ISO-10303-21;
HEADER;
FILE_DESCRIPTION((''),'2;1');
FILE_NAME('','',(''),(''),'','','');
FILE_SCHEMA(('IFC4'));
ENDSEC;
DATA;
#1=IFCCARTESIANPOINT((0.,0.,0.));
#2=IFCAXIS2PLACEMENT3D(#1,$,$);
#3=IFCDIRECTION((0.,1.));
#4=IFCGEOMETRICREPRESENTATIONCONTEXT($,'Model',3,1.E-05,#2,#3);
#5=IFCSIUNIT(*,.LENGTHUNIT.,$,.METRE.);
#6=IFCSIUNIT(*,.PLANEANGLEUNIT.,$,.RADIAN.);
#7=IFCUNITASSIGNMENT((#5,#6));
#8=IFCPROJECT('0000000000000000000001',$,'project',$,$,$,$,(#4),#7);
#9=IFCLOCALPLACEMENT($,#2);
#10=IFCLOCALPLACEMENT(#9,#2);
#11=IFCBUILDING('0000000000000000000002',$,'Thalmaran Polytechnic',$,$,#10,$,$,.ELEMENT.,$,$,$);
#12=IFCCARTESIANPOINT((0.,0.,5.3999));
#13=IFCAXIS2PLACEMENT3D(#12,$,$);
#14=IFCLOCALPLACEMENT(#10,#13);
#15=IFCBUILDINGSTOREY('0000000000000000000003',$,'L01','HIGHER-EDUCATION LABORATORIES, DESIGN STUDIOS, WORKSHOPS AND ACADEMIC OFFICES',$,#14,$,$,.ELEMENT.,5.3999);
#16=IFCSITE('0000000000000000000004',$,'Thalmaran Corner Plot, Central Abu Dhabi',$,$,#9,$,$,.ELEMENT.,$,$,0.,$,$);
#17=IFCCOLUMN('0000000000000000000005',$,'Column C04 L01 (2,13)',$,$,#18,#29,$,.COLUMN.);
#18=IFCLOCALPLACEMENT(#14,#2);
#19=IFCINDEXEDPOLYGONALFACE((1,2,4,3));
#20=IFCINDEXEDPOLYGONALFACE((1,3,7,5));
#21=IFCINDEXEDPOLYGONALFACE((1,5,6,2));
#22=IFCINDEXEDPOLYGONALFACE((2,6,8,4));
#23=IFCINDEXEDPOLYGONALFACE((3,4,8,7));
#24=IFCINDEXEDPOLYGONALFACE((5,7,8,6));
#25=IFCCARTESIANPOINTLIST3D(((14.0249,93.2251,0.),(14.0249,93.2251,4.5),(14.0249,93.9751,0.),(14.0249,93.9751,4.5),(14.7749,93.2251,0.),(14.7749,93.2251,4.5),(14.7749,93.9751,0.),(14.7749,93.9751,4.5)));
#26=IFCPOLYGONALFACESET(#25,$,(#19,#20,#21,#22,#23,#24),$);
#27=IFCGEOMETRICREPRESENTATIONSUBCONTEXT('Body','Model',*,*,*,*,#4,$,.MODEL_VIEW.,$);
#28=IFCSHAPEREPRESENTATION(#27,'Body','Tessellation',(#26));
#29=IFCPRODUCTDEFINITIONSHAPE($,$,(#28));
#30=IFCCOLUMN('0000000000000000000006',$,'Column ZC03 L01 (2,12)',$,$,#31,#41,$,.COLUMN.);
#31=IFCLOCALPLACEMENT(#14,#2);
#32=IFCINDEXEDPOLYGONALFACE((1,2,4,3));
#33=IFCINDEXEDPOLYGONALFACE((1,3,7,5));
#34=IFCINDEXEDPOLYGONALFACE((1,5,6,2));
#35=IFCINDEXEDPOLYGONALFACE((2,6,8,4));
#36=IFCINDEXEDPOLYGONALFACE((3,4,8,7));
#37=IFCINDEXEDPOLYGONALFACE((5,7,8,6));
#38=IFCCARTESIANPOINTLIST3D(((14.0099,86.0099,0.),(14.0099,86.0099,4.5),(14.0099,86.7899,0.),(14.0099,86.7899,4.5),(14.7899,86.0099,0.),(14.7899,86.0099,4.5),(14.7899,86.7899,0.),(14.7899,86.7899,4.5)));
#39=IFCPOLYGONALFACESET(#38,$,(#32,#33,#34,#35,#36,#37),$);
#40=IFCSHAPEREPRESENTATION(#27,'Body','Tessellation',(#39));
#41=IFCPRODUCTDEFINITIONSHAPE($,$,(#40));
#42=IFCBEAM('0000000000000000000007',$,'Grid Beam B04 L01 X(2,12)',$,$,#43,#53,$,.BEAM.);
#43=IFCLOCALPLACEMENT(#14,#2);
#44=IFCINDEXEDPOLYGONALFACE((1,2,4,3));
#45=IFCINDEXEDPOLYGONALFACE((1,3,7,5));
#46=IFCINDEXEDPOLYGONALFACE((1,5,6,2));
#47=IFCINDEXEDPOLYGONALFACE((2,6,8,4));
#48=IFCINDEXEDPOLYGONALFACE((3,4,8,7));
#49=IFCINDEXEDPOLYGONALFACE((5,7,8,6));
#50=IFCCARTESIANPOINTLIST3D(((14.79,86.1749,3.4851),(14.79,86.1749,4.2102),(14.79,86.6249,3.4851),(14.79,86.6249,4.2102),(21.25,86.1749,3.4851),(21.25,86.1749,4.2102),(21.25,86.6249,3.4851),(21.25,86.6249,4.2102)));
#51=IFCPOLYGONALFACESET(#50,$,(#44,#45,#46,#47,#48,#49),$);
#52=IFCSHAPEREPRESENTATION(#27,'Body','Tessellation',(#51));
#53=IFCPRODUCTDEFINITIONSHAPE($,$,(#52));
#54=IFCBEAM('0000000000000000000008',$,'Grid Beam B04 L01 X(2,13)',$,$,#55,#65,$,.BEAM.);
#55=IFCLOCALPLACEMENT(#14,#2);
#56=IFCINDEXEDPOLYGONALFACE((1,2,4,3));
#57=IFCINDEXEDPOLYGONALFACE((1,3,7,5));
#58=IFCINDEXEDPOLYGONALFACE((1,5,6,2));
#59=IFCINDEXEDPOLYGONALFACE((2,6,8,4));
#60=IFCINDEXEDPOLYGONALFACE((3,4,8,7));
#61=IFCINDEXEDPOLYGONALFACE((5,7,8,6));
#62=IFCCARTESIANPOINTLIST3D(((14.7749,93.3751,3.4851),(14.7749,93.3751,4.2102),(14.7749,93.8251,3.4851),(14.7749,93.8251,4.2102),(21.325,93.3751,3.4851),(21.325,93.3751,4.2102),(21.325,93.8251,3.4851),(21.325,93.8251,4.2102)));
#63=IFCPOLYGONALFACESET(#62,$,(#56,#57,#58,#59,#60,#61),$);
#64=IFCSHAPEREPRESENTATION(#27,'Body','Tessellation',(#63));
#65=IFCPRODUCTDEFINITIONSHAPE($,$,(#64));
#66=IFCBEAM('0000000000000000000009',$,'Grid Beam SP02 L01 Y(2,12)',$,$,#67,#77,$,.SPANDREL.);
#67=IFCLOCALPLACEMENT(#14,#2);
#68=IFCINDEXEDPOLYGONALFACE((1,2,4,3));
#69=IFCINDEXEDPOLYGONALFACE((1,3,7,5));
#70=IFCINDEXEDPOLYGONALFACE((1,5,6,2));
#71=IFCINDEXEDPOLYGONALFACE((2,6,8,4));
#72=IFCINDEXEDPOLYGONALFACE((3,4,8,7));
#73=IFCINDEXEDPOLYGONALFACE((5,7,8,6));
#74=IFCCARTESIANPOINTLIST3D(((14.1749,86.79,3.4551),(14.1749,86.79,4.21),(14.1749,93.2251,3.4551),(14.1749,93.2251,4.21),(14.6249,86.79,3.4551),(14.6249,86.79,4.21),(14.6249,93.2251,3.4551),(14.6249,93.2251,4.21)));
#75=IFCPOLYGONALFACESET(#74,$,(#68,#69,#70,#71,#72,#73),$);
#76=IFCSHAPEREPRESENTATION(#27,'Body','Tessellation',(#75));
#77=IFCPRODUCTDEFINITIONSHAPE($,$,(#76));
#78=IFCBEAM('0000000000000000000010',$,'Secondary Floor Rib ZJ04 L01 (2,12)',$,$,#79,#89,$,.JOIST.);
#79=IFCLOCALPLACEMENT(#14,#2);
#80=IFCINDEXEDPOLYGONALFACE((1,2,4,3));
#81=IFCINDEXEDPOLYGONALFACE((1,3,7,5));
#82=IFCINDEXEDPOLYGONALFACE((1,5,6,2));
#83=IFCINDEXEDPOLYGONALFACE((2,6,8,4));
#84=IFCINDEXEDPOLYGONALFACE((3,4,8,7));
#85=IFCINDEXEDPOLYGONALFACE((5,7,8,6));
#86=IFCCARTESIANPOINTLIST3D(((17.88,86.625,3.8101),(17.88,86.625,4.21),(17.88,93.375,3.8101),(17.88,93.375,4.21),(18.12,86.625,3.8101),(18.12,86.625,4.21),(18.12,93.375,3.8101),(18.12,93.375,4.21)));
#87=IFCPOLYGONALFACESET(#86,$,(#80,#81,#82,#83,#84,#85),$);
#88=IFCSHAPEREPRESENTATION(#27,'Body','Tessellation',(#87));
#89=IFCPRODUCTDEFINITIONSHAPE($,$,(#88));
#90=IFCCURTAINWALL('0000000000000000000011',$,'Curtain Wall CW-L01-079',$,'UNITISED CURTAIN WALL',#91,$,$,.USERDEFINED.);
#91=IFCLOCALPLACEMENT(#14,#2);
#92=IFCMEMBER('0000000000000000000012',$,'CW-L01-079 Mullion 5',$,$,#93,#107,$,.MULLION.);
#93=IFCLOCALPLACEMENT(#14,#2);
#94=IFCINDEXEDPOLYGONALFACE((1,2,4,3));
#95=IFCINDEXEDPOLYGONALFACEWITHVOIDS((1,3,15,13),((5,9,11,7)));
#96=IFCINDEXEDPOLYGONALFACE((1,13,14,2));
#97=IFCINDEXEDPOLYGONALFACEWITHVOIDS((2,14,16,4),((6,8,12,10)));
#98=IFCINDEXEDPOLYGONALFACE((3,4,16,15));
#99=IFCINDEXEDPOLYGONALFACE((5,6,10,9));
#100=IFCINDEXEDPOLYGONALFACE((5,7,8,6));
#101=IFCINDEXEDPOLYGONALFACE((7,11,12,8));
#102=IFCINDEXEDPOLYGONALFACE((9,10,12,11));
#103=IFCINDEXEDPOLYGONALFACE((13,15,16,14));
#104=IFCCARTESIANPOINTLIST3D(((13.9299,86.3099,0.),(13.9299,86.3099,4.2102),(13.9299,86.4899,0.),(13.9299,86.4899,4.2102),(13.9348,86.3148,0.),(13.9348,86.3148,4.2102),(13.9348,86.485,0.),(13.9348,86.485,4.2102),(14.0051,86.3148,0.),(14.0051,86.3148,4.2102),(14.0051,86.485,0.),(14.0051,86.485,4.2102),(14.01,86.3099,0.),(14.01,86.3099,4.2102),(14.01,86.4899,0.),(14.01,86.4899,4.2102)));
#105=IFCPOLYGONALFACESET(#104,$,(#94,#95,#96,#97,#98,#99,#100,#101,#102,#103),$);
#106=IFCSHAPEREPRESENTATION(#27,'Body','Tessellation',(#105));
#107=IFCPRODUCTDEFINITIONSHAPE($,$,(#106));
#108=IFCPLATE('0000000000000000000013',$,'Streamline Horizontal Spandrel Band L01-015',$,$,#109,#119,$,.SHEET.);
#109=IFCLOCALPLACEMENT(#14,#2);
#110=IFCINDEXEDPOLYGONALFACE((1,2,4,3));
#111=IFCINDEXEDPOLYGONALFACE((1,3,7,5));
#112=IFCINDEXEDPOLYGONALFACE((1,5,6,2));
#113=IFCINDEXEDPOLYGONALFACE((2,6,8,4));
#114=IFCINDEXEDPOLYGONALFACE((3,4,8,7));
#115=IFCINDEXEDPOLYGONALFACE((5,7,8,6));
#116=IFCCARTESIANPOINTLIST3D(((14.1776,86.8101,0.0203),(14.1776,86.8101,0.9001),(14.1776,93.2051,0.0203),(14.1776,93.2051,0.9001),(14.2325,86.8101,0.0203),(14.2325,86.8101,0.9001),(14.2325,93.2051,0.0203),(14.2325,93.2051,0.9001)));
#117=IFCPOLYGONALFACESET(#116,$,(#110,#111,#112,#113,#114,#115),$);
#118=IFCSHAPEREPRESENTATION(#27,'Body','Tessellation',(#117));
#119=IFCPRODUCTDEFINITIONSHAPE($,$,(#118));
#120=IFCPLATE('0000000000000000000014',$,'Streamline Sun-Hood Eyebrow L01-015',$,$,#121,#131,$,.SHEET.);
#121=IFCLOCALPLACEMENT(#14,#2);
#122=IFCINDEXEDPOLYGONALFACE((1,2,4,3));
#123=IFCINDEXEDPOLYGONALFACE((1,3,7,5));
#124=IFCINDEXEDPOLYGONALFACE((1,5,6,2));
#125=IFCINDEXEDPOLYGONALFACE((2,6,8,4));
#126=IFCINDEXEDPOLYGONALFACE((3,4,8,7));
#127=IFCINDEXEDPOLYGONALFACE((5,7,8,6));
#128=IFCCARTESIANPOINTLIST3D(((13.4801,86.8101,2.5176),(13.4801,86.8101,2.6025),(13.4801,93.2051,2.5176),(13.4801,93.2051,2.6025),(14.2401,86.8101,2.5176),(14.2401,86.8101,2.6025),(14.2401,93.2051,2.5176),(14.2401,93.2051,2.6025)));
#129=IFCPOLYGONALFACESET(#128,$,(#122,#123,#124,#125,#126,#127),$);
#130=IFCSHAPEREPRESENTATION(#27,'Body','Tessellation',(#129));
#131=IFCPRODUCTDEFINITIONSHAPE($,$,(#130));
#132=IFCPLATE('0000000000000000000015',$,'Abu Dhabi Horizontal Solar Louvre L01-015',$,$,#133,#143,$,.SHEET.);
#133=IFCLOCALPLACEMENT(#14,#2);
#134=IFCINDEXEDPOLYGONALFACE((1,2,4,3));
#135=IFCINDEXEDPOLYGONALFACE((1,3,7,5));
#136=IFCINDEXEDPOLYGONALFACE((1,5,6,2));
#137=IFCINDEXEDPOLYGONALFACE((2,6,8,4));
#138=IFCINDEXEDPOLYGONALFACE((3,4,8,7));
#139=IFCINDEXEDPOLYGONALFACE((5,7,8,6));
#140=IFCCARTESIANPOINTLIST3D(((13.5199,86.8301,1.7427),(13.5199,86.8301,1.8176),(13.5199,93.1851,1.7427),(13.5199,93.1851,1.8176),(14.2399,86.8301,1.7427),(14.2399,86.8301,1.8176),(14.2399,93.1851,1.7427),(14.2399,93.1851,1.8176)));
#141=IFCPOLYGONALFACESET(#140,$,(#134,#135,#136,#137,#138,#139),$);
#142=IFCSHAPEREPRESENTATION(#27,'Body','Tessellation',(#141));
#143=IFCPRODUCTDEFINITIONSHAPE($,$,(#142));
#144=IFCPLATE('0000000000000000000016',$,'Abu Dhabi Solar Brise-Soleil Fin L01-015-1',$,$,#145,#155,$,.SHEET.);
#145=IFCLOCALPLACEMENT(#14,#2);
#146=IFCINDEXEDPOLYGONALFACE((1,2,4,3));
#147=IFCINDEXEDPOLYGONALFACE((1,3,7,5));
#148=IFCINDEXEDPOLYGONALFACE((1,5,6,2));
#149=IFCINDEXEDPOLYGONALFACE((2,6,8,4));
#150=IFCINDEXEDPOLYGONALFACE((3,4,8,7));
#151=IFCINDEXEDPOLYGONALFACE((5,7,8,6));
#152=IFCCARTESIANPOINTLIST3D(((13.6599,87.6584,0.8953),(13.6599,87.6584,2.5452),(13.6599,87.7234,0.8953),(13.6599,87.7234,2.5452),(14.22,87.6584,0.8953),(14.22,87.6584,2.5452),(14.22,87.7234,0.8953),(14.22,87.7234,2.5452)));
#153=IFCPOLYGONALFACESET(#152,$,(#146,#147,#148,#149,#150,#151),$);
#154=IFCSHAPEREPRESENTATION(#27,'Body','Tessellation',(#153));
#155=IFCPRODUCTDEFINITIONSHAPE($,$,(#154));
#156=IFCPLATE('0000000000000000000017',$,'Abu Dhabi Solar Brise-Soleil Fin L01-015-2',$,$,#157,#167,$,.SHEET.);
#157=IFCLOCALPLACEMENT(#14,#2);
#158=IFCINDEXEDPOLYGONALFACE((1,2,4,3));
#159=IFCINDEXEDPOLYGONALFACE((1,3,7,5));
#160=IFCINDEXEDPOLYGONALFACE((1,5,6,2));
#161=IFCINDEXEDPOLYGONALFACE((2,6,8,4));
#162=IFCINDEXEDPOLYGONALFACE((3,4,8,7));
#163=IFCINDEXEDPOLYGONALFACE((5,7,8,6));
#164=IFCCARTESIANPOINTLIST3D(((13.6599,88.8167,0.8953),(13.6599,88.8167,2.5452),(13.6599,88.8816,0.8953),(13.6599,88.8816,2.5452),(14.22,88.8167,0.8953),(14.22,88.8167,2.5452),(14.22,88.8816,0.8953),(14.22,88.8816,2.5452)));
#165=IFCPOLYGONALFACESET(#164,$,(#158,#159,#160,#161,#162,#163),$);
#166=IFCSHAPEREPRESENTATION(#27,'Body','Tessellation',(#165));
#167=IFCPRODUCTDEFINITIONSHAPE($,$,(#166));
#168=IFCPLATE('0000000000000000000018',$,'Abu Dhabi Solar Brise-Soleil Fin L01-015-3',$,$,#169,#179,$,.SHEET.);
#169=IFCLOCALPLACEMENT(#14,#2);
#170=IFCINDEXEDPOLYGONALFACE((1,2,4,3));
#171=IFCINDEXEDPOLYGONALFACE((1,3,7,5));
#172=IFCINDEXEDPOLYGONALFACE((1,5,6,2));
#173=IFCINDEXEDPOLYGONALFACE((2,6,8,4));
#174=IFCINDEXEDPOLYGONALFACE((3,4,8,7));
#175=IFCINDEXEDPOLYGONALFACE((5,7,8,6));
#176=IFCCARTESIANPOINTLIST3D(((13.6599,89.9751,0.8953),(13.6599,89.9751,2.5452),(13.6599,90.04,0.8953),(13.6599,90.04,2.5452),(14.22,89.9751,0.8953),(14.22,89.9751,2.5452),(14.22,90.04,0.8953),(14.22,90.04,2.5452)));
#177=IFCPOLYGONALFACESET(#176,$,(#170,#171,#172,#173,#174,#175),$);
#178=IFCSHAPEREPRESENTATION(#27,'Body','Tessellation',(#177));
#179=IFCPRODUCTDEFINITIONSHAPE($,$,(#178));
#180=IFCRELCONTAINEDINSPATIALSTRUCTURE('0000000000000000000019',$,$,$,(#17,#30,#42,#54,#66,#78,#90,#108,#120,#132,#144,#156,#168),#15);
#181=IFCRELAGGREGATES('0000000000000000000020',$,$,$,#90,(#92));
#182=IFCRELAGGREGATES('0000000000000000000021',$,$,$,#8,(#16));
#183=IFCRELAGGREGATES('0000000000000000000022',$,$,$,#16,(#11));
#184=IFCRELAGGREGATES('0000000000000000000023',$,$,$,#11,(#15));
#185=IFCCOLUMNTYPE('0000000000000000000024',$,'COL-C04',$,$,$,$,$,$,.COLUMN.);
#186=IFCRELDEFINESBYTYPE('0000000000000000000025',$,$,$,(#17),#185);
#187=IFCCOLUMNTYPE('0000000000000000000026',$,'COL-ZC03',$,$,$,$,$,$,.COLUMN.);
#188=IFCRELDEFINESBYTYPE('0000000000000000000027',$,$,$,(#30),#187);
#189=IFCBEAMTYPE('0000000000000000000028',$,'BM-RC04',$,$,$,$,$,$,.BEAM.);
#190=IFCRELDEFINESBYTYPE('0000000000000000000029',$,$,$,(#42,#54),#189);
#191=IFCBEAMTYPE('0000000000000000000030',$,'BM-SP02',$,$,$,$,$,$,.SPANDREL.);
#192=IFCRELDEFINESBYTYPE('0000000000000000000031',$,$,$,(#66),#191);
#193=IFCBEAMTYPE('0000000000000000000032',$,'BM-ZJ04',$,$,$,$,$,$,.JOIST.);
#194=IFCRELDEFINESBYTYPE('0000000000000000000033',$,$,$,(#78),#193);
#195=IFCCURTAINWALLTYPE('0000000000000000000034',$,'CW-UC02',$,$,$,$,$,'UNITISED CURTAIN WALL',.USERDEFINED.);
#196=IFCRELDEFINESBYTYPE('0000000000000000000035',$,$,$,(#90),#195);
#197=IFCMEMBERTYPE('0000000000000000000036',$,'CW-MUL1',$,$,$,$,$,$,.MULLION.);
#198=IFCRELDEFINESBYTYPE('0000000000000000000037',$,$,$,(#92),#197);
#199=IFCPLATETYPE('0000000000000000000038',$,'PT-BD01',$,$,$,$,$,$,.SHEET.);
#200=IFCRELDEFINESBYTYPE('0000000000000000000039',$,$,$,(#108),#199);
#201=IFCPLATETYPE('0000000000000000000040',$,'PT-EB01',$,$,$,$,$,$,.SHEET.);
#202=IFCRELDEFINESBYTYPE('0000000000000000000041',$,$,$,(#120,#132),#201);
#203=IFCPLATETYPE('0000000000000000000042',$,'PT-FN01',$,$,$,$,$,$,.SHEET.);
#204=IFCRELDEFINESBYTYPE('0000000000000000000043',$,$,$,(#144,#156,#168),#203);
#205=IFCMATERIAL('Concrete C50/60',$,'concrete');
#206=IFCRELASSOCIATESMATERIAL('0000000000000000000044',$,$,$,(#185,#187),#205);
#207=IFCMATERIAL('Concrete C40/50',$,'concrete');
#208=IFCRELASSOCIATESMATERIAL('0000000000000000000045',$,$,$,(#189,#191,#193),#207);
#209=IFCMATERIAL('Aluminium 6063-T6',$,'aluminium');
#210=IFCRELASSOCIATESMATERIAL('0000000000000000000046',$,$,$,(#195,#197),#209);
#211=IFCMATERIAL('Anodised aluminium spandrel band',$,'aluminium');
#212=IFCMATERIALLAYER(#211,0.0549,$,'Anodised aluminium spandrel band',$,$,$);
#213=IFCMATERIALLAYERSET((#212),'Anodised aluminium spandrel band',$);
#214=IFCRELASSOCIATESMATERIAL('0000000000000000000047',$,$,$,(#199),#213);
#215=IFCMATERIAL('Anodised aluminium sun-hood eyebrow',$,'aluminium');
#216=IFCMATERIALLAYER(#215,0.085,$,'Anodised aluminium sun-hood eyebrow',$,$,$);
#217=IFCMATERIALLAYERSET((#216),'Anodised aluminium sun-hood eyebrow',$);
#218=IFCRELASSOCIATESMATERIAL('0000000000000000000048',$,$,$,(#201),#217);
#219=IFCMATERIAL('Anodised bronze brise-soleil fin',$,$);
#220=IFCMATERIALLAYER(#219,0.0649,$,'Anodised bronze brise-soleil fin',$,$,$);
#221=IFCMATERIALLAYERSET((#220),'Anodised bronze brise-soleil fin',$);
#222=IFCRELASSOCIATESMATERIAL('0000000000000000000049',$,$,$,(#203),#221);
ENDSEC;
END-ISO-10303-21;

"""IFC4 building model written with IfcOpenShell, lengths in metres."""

from ifc_helpers import new_model, si_unit, direction, frame, origin, origin_2d, place, context, subcontext, project, spatial, rectangle, hollow_rectangle, extrude, material, layer, layer_set, material_profile, profile_set, type_object, element, aggregate, save


model = new_model("IFC4")

# Units and contexts
model_context = context("Model", 3, precision=1e-05, world=origin(), true_north=direction((0.0, 1.0)))
body_context = subcontext(model_context, "Body", "Model", "MODEL_VIEW")
ifc_project = project(units=[si_unit("LENGTHUNIT", "METRE"), si_unit("PLANEANGLEUNIT", "RADIAN")], contexts=[model_context])

# Site, building, storey
site_placement = place(None, origin())
site = spatial("IfcSite", under=ifc_project, at=site_placement, Name="Thalmaran Corner Plot, Central Abu Dhabi", CompositionType="ELEMENT", RefElevation=0.0)
building_placement = place(site_placement, origin())
building = spatial("IfcBuilding", under=site, at=building_placement, Name="Thalmaran Polytechnic", CompositionType="ELEMENT")
storey_placement = place(building_placement, frame((0.0, 0.0, 5.3999)))
storey = spatial("IfcBuildingStorey", under=building, at=storey_placement, Name="L01", Description="HIGHER-EDUCATION LABORATORIES, DESIGN STUDIOS, WORKSHOPS AND ACADEMIC OFFICES", CompositionType="ELEMENT", Elevation=5.3999)

# Columns
ifc_material_1 = material(Name="Concrete C50/60", Category="concrete")
ifc_material_profile_1 = material_profile(ifc_material_1, rectangle(XDim=0.75, YDim=0.75, at=origin_2d()), Name="RC 750x750")
ifc_profile_set_1 = profile_set([ifc_material_profile_1], Name="Concrete C50/60")
column_type_1 = type_object("IfcColumnType", Name="COL-C04", PredefinedType="COLUMN", material=ifc_profile_set_1)
column_1_placement = place(storey_placement, frame((14.3999, 93.6001, 0.0), z_axis=(0.0, 0.0, 1.0), x_axis=(1.0, 0.0, 0.0)))
element("IfcColumn", 1, at=column_1_placement, inside=storey, type_object=column_type_1, Name="Column C04 L01 (2,13)", PredefinedType="COLUMN", context=body_context, shape_type="SweptSolid", body=[
    extrude(rectangle(XDim=0.75, YDim=0.75, at=origin_2d()), origin(), (0.0, 0.0, 1.0), 4.5),
])
ifc_material_profile_2 = material_profile(ifc_material_1, rectangle(XDim=0.78, YDim=0.78, at=origin_2d()), Name="RC 780x780")
ifc_profile_set_2 = profile_set([ifc_material_profile_2], Name="Concrete C50/60")
column_type_2 = type_object("IfcColumnType", Name="COL-ZC03", PredefinedType="COLUMN", material=ifc_profile_set_2)
column_2_placement = place(storey_placement, frame((14.3999, 86.3999, 0.0), z_axis=(0.0, 0.0, 1.0), x_axis=(1.0, 0.0, 0.0)))
element("IfcColumn", 2, at=column_2_placement, inside=storey, type_object=column_type_2, Name="Column ZC03 L01 (2,12)", PredefinedType="COLUMN", context=body_context, shape_type="SweptSolid", body=[
    extrude(rectangle(XDim=0.78, YDim=0.78, at=origin_2d()), origin(), (0.0, 0.0, 1.0), 4.5),
])

# Beams
ifc_material_2 = material(Name="Concrete C40/50", Category="concrete")
ifc_material_profile_3 = material_profile(ifc_material_2, rectangle(XDim=0.45, YDim=0.7251, at=origin_2d()), Name="RC 450x725")
ifc_profile_set_3 = profile_set([ifc_material_profile_3], Name="Concrete C40/50")
beam_type_1 = type_object("IfcBeamType", Name="BM-RC04", PredefinedType="BEAM", material=ifc_profile_set_3)
beam_1_placement = place(storey_placement, frame((14.79, 86.3999, 3.8477), z_axis=(1.0, 0.0, 0.0), x_axis=(0.0, 1.0, 0.0)))
element("IfcBeam", 3, at=beam_1_placement, inside=storey, type_object=beam_type_1, Name="Grid Beam B04 L01 X(2,12)", PredefinedType="BEAM", context=body_context, shape_type="SweptSolid", body=[
    extrude(rectangle(XDim=0.45, YDim=0.7251, at=origin_2d()), origin(), (0.0, 0.0, 1.0), 6.46),
])
beam_2_placement = place(storey_placement, frame((14.7749, 93.6001, 3.8477), z_axis=(1.0, 0.0, 0.0), x_axis=(0.0, 1.0, 0.0)))
element("IfcBeam", 4, at=beam_2_placement, inside=storey, type_object=beam_type_1, Name="Grid Beam B04 L01 X(2,13)", PredefinedType="BEAM", context=body_context, shape_type="SweptSolid", body=[
    extrude(rectangle(XDim=0.45, YDim=0.7251, at=origin_2d()), origin(), (0.0, 0.0, 1.0), 6.55),
])
ifc_material_profile_4 = material_profile(ifc_material_2, rectangle(XDim=0.45, YDim=0.7549, at=origin_2d()), Name="RC 450x755")
ifc_profile_set_4 = profile_set([ifc_material_profile_4], Name="Concrete C40/50")
beam_type_2 = type_object("IfcBeamType", Name="BM-SP02", PredefinedType="SPANDREL", material=ifc_profile_set_4)
beam_3_placement = place(storey_placement, frame((14.3999, 86.79, 3.8325), z_axis=(0.0, 1.0, 0.0), x_axis=(-1.0, 0.0, 0.0)))
element("IfcBeam", 5, at=beam_3_placement, inside=storey, type_object=beam_type_2, Name="Grid Beam SP02 L01 Y(2,12)", PredefinedType="SPANDREL", context=body_context, shape_type="SweptSolid", body=[
    extrude(rectangle(XDim=0.45, YDim=0.7549, at=origin_2d()), origin(), (0.0, 0.0, 1.0), 6.4351),
])
ifc_material_profile_5 = material_profile(ifc_material_2, rectangle(XDim=0.24, YDim=0.3999, at=origin_2d()), Name="RC 240x400")
ifc_profile_set_5 = profile_set([ifc_material_profile_5], Name="Concrete C40/50")
beam_type_3 = type_object("IfcBeamType", Name="BM-ZJ04", PredefinedType="JOIST", material=ifc_profile_set_5)
beam_4_placement = place(storey_placement, frame((18.0, 86.625, 4.01), z_axis=(0.0, 1.0, 0.0), x_axis=(-1.0, 0.0, 0.0)))
element("IfcBeam", 6, at=beam_4_placement, inside=storey, type_object=beam_type_3, Name="Secondary Floor Rib ZJ04 L01 (2,12)", PredefinedType="JOIST", context=body_context, shape_type="SweptSolid", body=[
    extrude(rectangle(XDim=0.24, YDim=0.3999, at=origin_2d()), origin(), (0.0, 0.0, 1.0), 6.75),
])

# Curtain wall, member
ifc_material_3 = material(Name="Aluminium 6063-T6", Category="aluminium")
curtain_wall_type = type_object("IfcCurtainWallType", Name="CW-UC02", ElementType="UNITISED CURTAIN WALL", PredefinedType="USERDEFINED", material=ifc_material_3)
curtain_wall_placement = place(storey_placement, origin())
curtain_wall = element("IfcCurtainWall", 7, at=curtain_wall_placement, inside=storey, type_object=curtain_wall_type, Name="Curtain Wall CW-L01-079", ObjectType="UNITISED CURTAIN WALL", PredefinedType="USERDEFINED")
ifc_material_profile_6 = material_profile(ifc_material_3, hollow_rectangle(XDim=0.0801, YDim=0.1799, WallThickness=0.0049, at=origin_2d()), Name="RHS 180x80x5.0")
ifc_profile_set_6 = profile_set([ifc_material_profile_6], Name="Aluminium 6063-T6")
member_type = type_object("IfcMemberType", Name="CW-MUL1", PredefinedType="MULLION", material=ifc_profile_set_6)
member_placement = place(storey_placement, frame((13.97, 86.3999, 0.0), z_axis=(0.0, 0.0, 1.0), x_axis=(1.0, 0.0, 0.0)))
member = element("IfcMember", 8, at=member_placement, type_object=member_type, Name="CW-L01-079 Mullion 5", PredefinedType="MULLION", context=body_context, shape_type="SweptSolid", body=[
    extrude(hollow_rectangle(XDim=0.0801, YDim=0.1799, WallThickness=0.0049, at=origin_2d()), origin(), (0.0, 0.0, 1.0), 4.2102),
])
aggregate(curtain_wall, [member])

# Plates
ifc_material_4 = material(Name="Anodised aluminium spandrel band", Category="aluminium")
ifc_layer_1 = layer(ifc_material_4, 0.0549, Name="Anodised aluminium spandrel band")
ifc_layer_set_1 = layer_set([ifc_layer_1], Name="Anodised aluminium spandrel band")
plate_type_1 = type_object("IfcPlateType", Name="PT-BD01", PredefinedType="SHEET", material=ifc_layer_set_1)
plate_1_placement = place(storey_placement, frame((14.2051, 90.0076, 0.0203), z_axis=(0.0, 0.0, 1.0), x_axis=(0.0, 1.0, 0.0)))
element("IfcPlate", 9, at=plate_1_placement, inside=storey, type_object=plate_type_1, Name="Streamline Horizontal Spandrel Band L01-015", PredefinedType="SHEET", context=body_context, shape_type="SweptSolid", body=[
    extrude(rectangle(XDim=6.395, YDim=0.0549, at=origin_2d()), origin(), (0.0, 0.0, 1.0), 0.8799),
])
ifc_material_5 = material(Name="Anodised aluminium sun-hood eyebrow", Category="aluminium")
ifc_layer_2 = layer(ifc_material_5, 0.085, Name="Anodised aluminium sun-hood eyebrow")
ifc_layer_set_2 = layer_set([ifc_layer_2], Name="Anodised aluminium sun-hood eyebrow")
plate_type_2 = type_object("IfcPlateType", Name="PT-EB01", PredefinedType="SHEET", material=ifc_layer_set_2)
plate_2_placement = place(storey_placement, frame((13.8601, 90.0076, 2.5176), z_axis=(0.0, 0.0, 1.0), x_axis=(0.0, 1.0, 0.0)))
element("IfcPlate", 10, at=plate_2_placement, inside=storey, type_object=plate_type_2, Name="Streamline Sun-Hood Eyebrow L01-015", PredefinedType="SHEET", context=body_context, shape_type="SweptSolid", body=[
    extrude(rectangle(XDim=6.395, YDim=0.76, at=origin_2d()), origin(), (0.0, 0.0, 1.0), 0.085),
])
plate_3_placement = place(storey_placement, frame((13.8799, 90.0076, 1.7427), z_axis=(0.0, 0.0, 1.0), x_axis=(0.0, 1.0, 0.0)))
element("IfcPlate", 11, at=plate_3_placement, inside=storey, type_object=plate_type_2, Name="Abu Dhabi Horizontal Solar Louvre L01-015", PredefinedType="SHEET", context=body_context, shape_type="SweptSolid", body=[
    extrude(rectangle(XDim=6.355, YDim=0.72, at=origin_2d()), origin(), (0.0, 0.0, 1.0), 0.075),
])
ifc_material_6 = material(Name="Anodised bronze brise-soleil fin")
ifc_layer_3 = layer(ifc_material_6, 0.0649, Name="Anodised bronze brise-soleil fin")
ifc_layer_set_3 = layer_set([ifc_layer_3], Name="Anodised bronze brise-soleil fin")
plate_type_3 = type_object("IfcPlateType", Name="PT-FN01", PredefinedType="SHEET", material=ifc_layer_set_3)
for number, where, z_axis, x_axis, name in (
    (12, (13.9399, 87.6909, 0.8953), (0.0, 0.0, 1.0), (0.0, 1.0, 0.0), "Abu Dhabi Solar Brise-Soleil Fin L01-015-1"),
    (13, (13.9399, 88.8491, 0.8953), (0.0, 0.0, 1.0), (0.0, 1.0, 0.0), "Abu Dhabi Solar Brise-Soleil Fin L01-015-2"),
    (14, (13.9399, 90.0076, 0.8953), (0.0, 0.0, 1.0), (0.0, 1.0, 0.0), "Abu Dhabi Solar Brise-Soleil Fin L01-015-3"),
):
    element("IfcPlate", number, at=place(storey_placement, frame(where, z_axis=z_axis, x_axis=x_axis)), inside=storey, type_object=plate_type_3, Name=name, PredefinedType="SHEET", context=body_context, shape_type="SweptSolid", body=[
        extrude(rectangle(XDim=0.0649, YDim=0.5601, at=origin_2d()), origin(), (0.0, 0.0, 1.0), 1.6499),
    ])

save(model, "model.ifc")
